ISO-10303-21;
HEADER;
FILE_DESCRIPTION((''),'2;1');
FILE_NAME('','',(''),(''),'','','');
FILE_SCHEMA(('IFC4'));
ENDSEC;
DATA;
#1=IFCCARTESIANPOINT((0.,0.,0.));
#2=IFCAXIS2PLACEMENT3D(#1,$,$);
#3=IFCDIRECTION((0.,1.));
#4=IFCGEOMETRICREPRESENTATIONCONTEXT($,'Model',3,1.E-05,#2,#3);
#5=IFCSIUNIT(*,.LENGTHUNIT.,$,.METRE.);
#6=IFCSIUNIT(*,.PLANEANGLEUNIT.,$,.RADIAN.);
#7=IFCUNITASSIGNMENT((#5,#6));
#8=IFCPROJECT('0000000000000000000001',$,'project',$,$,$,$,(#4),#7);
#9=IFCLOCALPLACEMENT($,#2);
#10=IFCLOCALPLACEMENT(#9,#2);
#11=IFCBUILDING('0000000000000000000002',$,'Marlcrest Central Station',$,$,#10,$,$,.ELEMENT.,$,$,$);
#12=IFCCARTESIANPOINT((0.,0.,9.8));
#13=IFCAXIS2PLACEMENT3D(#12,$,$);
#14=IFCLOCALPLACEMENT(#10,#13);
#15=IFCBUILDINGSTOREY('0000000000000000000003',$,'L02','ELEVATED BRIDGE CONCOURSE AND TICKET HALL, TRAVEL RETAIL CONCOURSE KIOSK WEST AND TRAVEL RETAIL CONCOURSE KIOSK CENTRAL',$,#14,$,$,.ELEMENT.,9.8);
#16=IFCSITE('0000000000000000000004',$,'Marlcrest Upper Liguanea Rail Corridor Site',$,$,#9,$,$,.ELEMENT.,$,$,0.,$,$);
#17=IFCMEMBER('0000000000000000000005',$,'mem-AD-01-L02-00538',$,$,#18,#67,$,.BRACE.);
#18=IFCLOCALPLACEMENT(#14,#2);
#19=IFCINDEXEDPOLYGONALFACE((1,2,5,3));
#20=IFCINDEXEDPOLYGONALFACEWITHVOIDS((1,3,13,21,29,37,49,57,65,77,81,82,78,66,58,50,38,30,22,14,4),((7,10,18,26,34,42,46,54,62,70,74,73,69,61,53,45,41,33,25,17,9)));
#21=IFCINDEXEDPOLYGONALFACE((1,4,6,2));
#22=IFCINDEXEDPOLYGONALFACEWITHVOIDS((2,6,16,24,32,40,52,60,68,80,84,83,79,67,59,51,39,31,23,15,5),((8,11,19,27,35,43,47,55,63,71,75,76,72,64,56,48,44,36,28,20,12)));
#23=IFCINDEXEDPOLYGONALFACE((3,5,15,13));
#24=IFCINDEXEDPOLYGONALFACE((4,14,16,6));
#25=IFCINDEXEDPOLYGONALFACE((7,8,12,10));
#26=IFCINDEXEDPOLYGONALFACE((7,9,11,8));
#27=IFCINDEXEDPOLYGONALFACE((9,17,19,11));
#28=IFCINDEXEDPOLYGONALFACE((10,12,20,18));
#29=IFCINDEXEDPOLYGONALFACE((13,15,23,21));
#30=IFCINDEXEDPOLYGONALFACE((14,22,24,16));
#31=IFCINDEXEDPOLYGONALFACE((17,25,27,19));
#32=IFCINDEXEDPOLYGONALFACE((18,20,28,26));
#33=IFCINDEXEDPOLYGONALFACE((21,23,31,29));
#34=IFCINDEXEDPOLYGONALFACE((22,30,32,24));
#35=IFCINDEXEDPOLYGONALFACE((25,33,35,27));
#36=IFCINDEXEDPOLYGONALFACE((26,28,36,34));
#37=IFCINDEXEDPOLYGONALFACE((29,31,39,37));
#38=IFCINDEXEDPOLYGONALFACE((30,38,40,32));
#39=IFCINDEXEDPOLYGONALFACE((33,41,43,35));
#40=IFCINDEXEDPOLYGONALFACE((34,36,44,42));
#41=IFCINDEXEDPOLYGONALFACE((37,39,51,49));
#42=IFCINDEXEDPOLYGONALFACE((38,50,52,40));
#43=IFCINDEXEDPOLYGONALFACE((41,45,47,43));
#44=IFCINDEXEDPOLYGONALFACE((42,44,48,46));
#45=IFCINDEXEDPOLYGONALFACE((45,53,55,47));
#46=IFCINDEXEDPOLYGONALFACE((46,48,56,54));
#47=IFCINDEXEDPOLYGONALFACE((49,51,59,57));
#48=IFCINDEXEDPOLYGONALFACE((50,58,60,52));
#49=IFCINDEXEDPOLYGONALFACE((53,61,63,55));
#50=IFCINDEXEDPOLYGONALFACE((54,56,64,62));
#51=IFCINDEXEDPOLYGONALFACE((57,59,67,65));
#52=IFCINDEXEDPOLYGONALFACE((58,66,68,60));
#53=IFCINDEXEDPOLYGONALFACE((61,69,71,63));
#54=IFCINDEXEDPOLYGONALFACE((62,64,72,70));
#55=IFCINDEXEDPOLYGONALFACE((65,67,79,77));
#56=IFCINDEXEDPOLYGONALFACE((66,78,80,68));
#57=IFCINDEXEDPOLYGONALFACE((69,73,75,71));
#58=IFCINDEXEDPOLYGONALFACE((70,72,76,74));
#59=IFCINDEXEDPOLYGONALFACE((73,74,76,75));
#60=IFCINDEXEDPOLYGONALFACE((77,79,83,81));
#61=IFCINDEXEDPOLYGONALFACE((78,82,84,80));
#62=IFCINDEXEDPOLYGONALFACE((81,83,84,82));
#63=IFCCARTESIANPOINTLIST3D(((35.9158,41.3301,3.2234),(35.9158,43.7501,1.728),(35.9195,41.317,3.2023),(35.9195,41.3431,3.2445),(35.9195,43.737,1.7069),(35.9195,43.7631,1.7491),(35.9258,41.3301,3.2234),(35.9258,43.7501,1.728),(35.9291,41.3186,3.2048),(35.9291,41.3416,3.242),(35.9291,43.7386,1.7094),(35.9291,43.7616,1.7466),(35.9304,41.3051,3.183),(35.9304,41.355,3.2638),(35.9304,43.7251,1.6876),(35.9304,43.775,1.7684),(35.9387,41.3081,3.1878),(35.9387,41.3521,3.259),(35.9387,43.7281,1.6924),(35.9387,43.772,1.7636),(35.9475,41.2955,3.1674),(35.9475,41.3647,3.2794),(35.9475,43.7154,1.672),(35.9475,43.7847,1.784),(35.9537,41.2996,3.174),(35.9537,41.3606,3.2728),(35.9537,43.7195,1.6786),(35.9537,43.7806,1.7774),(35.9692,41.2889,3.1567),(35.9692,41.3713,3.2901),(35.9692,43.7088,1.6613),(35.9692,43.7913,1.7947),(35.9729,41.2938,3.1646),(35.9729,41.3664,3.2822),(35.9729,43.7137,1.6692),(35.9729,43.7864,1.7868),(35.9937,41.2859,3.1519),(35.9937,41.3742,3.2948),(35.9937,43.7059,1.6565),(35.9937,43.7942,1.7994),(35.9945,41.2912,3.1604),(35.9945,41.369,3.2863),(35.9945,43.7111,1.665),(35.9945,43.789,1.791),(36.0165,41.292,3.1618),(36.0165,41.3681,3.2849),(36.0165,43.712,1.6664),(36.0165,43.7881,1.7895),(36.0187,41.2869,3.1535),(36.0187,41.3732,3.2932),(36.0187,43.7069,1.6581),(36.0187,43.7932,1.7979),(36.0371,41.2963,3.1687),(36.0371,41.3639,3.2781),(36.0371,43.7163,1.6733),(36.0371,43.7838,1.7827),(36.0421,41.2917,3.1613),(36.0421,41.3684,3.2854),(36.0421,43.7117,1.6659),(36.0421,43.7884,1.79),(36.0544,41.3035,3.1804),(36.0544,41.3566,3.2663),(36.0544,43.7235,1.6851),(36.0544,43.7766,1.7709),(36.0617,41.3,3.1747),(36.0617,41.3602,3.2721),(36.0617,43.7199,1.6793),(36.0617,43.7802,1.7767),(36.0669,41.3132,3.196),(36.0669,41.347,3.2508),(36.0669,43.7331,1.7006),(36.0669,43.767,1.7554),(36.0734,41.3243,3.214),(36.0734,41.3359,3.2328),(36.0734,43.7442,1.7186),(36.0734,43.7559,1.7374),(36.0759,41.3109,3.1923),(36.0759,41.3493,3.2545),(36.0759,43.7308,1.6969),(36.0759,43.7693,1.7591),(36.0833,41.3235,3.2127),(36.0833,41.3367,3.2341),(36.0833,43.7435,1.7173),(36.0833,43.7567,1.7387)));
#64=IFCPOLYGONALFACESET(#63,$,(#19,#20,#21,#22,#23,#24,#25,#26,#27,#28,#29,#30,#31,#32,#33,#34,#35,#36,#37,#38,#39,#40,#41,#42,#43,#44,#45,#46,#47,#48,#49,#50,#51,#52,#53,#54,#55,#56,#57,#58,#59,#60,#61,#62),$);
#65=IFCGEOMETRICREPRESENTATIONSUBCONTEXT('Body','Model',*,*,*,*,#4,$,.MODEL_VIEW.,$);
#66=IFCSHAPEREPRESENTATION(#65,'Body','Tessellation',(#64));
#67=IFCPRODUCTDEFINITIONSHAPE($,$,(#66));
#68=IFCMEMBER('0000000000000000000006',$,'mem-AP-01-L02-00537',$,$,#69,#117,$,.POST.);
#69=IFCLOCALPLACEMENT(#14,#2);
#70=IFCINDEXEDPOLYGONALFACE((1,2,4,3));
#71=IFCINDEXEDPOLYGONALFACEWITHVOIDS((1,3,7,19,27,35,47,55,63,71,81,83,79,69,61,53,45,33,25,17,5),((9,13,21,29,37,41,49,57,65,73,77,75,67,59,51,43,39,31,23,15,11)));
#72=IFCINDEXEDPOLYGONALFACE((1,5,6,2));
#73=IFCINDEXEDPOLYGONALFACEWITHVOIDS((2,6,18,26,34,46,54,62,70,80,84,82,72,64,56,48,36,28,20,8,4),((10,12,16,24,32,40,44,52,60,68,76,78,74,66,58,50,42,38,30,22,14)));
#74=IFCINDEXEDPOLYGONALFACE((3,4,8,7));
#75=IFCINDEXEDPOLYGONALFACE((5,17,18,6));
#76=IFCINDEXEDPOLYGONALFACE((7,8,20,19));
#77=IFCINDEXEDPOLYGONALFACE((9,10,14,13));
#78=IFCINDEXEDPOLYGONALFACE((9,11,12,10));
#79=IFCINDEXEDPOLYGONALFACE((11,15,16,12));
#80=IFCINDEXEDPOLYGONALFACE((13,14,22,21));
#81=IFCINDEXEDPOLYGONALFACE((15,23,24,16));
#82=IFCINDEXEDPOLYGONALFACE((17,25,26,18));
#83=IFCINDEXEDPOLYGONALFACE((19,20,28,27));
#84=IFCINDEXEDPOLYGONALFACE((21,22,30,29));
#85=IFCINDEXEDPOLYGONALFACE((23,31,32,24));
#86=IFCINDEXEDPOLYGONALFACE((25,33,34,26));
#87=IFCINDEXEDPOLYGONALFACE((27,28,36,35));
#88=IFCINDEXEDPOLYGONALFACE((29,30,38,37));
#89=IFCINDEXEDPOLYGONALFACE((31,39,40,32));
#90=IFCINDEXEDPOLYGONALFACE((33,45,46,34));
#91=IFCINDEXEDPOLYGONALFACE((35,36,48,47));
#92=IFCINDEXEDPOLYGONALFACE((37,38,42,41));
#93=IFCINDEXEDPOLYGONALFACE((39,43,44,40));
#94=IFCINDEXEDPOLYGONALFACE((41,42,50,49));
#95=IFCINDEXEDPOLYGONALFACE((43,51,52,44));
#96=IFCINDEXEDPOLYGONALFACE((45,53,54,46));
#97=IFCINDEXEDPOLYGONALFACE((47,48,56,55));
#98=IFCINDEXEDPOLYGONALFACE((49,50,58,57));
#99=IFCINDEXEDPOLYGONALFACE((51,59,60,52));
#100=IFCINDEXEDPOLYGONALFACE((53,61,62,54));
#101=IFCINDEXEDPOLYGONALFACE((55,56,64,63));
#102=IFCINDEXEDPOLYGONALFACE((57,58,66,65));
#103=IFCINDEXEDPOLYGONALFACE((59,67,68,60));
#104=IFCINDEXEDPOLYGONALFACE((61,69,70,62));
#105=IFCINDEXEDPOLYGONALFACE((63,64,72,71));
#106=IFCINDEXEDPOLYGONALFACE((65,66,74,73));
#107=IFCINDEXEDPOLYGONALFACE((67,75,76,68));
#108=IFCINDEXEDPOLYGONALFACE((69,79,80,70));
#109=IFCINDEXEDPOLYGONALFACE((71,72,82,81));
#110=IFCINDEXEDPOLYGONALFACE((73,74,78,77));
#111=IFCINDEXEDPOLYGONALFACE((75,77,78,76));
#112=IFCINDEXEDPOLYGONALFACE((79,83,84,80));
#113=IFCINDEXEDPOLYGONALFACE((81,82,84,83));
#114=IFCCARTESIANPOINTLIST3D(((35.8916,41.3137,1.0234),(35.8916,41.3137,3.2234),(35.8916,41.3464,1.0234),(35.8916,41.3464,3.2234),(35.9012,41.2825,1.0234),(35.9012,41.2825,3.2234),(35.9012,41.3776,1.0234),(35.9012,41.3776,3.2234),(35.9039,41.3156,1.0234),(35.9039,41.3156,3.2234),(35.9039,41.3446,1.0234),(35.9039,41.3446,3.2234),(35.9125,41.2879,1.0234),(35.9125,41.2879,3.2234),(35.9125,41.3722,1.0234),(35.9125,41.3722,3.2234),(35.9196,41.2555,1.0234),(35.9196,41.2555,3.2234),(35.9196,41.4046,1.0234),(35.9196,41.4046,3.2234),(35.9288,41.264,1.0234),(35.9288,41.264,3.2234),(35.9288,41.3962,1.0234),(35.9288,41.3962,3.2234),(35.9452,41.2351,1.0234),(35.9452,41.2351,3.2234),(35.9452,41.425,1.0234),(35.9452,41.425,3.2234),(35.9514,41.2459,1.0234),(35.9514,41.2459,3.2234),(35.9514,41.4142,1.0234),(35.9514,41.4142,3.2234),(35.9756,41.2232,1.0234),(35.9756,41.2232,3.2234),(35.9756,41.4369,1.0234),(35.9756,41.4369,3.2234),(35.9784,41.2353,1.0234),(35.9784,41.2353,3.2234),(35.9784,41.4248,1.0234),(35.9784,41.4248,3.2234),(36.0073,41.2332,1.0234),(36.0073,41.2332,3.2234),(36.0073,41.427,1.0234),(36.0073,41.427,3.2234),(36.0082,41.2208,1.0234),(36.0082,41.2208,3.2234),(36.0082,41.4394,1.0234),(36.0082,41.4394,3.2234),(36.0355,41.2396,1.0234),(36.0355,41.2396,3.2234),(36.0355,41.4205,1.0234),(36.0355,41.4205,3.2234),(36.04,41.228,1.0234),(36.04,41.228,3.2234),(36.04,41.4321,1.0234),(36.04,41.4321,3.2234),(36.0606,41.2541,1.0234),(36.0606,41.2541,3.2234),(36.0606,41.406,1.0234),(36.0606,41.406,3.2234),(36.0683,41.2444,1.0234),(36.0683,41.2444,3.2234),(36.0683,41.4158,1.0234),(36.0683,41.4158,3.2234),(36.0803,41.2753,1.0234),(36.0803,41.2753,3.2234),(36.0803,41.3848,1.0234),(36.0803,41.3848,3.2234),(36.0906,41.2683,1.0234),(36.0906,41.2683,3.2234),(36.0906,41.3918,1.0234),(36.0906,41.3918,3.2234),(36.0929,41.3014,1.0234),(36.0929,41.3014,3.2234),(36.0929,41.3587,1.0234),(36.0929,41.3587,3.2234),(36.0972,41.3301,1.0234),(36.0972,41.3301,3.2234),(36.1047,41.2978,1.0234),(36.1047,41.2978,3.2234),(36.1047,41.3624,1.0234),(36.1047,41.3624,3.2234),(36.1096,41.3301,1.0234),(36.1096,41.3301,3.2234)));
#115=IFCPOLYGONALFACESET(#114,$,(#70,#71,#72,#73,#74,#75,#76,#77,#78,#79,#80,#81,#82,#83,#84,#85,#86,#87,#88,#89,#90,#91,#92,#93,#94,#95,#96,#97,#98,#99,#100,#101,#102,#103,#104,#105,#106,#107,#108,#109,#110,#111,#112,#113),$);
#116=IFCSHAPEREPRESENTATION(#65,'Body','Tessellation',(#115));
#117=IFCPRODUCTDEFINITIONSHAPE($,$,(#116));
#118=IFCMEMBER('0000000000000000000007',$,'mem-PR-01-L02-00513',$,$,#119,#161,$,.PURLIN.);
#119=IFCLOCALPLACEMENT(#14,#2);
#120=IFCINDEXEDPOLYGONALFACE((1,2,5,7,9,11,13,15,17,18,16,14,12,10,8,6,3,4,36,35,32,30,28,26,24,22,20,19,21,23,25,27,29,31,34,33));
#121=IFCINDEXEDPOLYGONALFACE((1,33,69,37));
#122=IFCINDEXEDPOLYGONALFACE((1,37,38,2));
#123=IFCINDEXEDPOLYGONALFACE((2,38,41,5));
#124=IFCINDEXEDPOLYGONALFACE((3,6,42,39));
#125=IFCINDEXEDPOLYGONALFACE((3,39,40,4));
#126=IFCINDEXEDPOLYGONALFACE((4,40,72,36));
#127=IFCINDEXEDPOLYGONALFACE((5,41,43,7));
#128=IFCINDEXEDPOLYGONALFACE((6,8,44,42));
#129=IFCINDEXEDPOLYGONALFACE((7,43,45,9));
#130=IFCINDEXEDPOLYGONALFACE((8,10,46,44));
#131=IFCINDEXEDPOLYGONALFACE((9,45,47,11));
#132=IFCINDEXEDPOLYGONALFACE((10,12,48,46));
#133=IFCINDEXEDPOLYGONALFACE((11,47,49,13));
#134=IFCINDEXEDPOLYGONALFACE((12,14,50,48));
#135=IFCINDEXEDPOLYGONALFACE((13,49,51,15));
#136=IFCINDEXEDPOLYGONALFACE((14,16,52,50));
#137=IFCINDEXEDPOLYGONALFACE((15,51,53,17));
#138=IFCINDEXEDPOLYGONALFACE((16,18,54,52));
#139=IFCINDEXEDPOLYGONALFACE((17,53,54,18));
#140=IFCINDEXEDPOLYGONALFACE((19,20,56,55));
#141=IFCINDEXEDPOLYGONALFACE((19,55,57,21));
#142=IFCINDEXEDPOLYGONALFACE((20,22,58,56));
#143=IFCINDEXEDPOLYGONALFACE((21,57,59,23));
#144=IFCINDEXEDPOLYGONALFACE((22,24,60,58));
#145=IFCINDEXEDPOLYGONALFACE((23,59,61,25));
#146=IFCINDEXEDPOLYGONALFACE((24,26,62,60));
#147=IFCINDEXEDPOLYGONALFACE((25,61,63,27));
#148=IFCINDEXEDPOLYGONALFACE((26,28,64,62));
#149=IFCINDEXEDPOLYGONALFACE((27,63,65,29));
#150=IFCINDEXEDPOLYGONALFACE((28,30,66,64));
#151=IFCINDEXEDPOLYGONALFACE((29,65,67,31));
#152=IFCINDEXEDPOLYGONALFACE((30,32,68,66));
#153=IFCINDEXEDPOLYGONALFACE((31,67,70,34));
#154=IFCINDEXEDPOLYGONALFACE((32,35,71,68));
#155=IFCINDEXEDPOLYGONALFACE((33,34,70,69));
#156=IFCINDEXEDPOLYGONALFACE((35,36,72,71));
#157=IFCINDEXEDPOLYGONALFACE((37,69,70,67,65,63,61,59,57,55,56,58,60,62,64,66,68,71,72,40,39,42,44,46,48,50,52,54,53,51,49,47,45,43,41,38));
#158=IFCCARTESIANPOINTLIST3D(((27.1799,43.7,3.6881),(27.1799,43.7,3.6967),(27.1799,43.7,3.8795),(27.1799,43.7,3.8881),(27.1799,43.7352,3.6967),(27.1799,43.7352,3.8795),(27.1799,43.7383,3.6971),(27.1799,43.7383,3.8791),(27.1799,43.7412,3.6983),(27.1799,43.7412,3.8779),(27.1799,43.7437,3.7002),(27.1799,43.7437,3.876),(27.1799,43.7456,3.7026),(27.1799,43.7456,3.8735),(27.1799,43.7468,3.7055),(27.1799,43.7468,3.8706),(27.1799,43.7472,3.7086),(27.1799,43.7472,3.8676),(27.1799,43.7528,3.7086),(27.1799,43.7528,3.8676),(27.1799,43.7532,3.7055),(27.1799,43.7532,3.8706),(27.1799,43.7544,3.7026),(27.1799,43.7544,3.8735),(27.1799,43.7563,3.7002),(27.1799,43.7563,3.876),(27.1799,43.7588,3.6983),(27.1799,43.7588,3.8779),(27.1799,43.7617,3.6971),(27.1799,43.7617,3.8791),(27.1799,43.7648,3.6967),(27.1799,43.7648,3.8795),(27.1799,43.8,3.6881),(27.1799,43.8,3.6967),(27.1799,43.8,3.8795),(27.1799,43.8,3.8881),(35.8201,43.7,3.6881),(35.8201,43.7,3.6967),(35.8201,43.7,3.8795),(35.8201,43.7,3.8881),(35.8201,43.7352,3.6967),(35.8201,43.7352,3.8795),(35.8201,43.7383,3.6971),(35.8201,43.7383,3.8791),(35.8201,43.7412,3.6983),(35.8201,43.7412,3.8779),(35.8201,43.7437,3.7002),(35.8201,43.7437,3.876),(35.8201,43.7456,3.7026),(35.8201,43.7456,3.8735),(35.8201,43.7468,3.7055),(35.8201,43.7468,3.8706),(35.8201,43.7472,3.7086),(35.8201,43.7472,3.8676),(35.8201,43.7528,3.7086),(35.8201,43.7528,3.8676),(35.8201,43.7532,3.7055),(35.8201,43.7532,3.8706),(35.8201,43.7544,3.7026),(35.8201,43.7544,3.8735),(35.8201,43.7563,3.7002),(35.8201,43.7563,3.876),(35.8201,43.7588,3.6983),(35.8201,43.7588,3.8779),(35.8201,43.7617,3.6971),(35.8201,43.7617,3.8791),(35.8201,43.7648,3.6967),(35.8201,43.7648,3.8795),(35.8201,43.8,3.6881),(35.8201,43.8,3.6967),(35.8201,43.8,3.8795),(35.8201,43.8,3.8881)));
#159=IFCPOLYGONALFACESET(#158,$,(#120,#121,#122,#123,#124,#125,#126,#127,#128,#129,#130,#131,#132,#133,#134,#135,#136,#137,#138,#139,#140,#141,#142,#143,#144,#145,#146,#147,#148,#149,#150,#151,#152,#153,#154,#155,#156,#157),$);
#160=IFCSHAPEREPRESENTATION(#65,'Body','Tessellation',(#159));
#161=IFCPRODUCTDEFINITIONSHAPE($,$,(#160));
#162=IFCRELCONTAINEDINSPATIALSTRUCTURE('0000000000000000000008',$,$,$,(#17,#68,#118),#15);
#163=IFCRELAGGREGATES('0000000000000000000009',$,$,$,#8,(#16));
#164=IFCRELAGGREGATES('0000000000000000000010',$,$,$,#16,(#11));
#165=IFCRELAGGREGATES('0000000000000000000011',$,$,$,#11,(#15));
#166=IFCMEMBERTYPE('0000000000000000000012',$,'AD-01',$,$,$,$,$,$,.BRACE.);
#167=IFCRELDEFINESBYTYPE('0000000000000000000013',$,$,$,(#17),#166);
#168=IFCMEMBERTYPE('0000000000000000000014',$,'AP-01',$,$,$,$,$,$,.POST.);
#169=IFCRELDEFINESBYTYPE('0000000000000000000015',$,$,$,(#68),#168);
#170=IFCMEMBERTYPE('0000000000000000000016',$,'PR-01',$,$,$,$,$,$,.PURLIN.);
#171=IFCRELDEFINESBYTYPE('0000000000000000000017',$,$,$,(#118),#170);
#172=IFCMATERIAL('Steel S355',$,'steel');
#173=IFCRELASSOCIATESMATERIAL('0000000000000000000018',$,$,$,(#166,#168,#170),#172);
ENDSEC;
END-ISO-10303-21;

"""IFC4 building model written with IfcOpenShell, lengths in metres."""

from ifc_helpers import new_model, si_unit, direction, frame, origin, origin_2d, place, context, subcontext, project, spatial, hollow_circle, i_section, extrude, material, material_profile, profile_set, type_object, element, save


model = new_model("IFC4")

# Units and contexts
model_context = context("Model", 3, precision=1e-05, world=origin(), true_north=direction((0.0, 1.0)))
body_context = subcontext(model_context, "Body", "Model", "MODEL_VIEW")
ifc_project = project(units=[si_unit("LENGTHUNIT", "METRE"), si_unit("PLANEANGLEUNIT", "RADIAN")], contexts=[model_context])

# Site, building, storey
site_placement = place(None, origin())
site = spatial("IfcSite", under=ifc_project, at=site_placement, Name="Marlcrest Upper Liguanea Rail Corridor Site", CompositionType="ELEMENT", RefElevation=0.0)
building_placement = place(site_placement, origin())
building = spatial("IfcBuilding", under=site, at=building_placement, Name="Marlcrest Central Station", CompositionType="ELEMENT")
storey_placement = place(building_placement, frame((0.0, 0.0, 9.8)))
storey = spatial("IfcBuildingStorey", under=building, at=storey_placement, Name="L02", Description="ELEVATED BRIDGE CONCOURSE AND TICKET HALL, TRAVEL RETAIL CONCOURSE KIOSK WEST AND TRAVEL RETAIL CONCOURSE KIOSK CENTRAL", CompositionType="ELEMENT", Elevation=9.8)

# Members
ifc_material_1 = material(Name="Steel S355", Category="steel")
ifc_material_profile_1 = material_profile(ifc_material_1, hollow_circle(Radius=0.0842, WallThickness=0.01, at=origin_2d()), Name="CHS 168.3x10")
ifc_profile_set_1 = profile_set([ifc_material_profile_1], Name="Steel S355")
member_type_1 = type_object("IfcMemberType", Name="AD-01", PredefinedType="BRACE", material=ifc_profile_set_1)
member_1_placement = place(storey_placement, frame((36.0, 41.3301, 3.2234), z_axis=(0.0, 0.850687, -0.525672), x_axis=(-1.0, 0.0, 0.0)))
element("IfcMember", 1, at=member_1_placement, inside=storey, type_object=member_type_1, Name="mem-AD-01-L02-00538", PredefinedType="BRACE", context=body_context, shape_type="SweptSolid", body=[
    extrude(hollow_circle(Radius=0.0842, WallThickness=0.01, at=origin_2d()), origin(), (0.0, 0.0, 1.0), 2.8447),
])
ifc_material_profile_2 = material_profile(ifc_material_1, hollow_circle(Radius=0.1096, WallThickness=0.0125, at=origin_2d()), Name="CHS 219.1x12.5")
ifc_profile_set_2 = profile_set([ifc_material_profile_2], Name="Steel S355")
member_type_2 = type_object("IfcMemberType", Name="AP-01", PredefinedType="POST", material=ifc_profile_set_2)
member_2_placement = place(storey_placement, frame((36.0, 41.3301, 1.0234), z_axis=(0.0, 0.0, 1.0), x_axis=(1.0, 0.0, 0.0)))
element("IfcMember", 2, at=member_2_placement, inside=storey, type_object=member_type_2, Name="mem-AP-01-L02-00537", PredefinedType="POST", context=body_context, shape_type="SweptSolid", body=[
    extrude(hollow_circle(Radius=0.1096, WallThickness=0.0125, at=origin_2d()), origin(), (0.0, 0.0, 1.0), 2.2),
])
ifc_material_profile_3 = material_profile(ifc_material_1, i_section(OverallWidth=0.1001, OverallDepth=0.2, WebThickness=0.0056, FlangeThickness=0.0085, FilletRadius=0.012, at=origin_2d()), Name="IPE 200")
ifc_profile_set_3 = profile_set([ifc_material_profile_3], Name="Steel S355")
member_type_3 = type_object("IfcMemberType", Name="PR-01", PredefinedType="PURLIN", material=ifc_profile_set_3)
for number, where, z_axis, x_axis, name in (
    (3, (27.1799, 43.75, 3.7881), (1.0, 0.0, 0.0), (0.0, 1.0, 0.0), "mem-PR-01-L02-00513"),
):
    element("IfcMember", number, at=place(storey_placement, frame(where, z_axis=z_axis, x_axis=x_axis)), inside=storey, type_object=member_type_3, Name=name, PredefinedType="PURLIN", context=body_context, shape_type="SweptSolid", body=[
        extrude(i_section(OverallWidth=0.1001, OverallDepth=0.2, WebThickness=0.0056, FlangeThickness=0.0085, FilletRadius=0.012, at=origin_2d()), origin(), (0.0, 0.0, 1.0), 8.6401),
    ])

save(model, "model.ifc")
